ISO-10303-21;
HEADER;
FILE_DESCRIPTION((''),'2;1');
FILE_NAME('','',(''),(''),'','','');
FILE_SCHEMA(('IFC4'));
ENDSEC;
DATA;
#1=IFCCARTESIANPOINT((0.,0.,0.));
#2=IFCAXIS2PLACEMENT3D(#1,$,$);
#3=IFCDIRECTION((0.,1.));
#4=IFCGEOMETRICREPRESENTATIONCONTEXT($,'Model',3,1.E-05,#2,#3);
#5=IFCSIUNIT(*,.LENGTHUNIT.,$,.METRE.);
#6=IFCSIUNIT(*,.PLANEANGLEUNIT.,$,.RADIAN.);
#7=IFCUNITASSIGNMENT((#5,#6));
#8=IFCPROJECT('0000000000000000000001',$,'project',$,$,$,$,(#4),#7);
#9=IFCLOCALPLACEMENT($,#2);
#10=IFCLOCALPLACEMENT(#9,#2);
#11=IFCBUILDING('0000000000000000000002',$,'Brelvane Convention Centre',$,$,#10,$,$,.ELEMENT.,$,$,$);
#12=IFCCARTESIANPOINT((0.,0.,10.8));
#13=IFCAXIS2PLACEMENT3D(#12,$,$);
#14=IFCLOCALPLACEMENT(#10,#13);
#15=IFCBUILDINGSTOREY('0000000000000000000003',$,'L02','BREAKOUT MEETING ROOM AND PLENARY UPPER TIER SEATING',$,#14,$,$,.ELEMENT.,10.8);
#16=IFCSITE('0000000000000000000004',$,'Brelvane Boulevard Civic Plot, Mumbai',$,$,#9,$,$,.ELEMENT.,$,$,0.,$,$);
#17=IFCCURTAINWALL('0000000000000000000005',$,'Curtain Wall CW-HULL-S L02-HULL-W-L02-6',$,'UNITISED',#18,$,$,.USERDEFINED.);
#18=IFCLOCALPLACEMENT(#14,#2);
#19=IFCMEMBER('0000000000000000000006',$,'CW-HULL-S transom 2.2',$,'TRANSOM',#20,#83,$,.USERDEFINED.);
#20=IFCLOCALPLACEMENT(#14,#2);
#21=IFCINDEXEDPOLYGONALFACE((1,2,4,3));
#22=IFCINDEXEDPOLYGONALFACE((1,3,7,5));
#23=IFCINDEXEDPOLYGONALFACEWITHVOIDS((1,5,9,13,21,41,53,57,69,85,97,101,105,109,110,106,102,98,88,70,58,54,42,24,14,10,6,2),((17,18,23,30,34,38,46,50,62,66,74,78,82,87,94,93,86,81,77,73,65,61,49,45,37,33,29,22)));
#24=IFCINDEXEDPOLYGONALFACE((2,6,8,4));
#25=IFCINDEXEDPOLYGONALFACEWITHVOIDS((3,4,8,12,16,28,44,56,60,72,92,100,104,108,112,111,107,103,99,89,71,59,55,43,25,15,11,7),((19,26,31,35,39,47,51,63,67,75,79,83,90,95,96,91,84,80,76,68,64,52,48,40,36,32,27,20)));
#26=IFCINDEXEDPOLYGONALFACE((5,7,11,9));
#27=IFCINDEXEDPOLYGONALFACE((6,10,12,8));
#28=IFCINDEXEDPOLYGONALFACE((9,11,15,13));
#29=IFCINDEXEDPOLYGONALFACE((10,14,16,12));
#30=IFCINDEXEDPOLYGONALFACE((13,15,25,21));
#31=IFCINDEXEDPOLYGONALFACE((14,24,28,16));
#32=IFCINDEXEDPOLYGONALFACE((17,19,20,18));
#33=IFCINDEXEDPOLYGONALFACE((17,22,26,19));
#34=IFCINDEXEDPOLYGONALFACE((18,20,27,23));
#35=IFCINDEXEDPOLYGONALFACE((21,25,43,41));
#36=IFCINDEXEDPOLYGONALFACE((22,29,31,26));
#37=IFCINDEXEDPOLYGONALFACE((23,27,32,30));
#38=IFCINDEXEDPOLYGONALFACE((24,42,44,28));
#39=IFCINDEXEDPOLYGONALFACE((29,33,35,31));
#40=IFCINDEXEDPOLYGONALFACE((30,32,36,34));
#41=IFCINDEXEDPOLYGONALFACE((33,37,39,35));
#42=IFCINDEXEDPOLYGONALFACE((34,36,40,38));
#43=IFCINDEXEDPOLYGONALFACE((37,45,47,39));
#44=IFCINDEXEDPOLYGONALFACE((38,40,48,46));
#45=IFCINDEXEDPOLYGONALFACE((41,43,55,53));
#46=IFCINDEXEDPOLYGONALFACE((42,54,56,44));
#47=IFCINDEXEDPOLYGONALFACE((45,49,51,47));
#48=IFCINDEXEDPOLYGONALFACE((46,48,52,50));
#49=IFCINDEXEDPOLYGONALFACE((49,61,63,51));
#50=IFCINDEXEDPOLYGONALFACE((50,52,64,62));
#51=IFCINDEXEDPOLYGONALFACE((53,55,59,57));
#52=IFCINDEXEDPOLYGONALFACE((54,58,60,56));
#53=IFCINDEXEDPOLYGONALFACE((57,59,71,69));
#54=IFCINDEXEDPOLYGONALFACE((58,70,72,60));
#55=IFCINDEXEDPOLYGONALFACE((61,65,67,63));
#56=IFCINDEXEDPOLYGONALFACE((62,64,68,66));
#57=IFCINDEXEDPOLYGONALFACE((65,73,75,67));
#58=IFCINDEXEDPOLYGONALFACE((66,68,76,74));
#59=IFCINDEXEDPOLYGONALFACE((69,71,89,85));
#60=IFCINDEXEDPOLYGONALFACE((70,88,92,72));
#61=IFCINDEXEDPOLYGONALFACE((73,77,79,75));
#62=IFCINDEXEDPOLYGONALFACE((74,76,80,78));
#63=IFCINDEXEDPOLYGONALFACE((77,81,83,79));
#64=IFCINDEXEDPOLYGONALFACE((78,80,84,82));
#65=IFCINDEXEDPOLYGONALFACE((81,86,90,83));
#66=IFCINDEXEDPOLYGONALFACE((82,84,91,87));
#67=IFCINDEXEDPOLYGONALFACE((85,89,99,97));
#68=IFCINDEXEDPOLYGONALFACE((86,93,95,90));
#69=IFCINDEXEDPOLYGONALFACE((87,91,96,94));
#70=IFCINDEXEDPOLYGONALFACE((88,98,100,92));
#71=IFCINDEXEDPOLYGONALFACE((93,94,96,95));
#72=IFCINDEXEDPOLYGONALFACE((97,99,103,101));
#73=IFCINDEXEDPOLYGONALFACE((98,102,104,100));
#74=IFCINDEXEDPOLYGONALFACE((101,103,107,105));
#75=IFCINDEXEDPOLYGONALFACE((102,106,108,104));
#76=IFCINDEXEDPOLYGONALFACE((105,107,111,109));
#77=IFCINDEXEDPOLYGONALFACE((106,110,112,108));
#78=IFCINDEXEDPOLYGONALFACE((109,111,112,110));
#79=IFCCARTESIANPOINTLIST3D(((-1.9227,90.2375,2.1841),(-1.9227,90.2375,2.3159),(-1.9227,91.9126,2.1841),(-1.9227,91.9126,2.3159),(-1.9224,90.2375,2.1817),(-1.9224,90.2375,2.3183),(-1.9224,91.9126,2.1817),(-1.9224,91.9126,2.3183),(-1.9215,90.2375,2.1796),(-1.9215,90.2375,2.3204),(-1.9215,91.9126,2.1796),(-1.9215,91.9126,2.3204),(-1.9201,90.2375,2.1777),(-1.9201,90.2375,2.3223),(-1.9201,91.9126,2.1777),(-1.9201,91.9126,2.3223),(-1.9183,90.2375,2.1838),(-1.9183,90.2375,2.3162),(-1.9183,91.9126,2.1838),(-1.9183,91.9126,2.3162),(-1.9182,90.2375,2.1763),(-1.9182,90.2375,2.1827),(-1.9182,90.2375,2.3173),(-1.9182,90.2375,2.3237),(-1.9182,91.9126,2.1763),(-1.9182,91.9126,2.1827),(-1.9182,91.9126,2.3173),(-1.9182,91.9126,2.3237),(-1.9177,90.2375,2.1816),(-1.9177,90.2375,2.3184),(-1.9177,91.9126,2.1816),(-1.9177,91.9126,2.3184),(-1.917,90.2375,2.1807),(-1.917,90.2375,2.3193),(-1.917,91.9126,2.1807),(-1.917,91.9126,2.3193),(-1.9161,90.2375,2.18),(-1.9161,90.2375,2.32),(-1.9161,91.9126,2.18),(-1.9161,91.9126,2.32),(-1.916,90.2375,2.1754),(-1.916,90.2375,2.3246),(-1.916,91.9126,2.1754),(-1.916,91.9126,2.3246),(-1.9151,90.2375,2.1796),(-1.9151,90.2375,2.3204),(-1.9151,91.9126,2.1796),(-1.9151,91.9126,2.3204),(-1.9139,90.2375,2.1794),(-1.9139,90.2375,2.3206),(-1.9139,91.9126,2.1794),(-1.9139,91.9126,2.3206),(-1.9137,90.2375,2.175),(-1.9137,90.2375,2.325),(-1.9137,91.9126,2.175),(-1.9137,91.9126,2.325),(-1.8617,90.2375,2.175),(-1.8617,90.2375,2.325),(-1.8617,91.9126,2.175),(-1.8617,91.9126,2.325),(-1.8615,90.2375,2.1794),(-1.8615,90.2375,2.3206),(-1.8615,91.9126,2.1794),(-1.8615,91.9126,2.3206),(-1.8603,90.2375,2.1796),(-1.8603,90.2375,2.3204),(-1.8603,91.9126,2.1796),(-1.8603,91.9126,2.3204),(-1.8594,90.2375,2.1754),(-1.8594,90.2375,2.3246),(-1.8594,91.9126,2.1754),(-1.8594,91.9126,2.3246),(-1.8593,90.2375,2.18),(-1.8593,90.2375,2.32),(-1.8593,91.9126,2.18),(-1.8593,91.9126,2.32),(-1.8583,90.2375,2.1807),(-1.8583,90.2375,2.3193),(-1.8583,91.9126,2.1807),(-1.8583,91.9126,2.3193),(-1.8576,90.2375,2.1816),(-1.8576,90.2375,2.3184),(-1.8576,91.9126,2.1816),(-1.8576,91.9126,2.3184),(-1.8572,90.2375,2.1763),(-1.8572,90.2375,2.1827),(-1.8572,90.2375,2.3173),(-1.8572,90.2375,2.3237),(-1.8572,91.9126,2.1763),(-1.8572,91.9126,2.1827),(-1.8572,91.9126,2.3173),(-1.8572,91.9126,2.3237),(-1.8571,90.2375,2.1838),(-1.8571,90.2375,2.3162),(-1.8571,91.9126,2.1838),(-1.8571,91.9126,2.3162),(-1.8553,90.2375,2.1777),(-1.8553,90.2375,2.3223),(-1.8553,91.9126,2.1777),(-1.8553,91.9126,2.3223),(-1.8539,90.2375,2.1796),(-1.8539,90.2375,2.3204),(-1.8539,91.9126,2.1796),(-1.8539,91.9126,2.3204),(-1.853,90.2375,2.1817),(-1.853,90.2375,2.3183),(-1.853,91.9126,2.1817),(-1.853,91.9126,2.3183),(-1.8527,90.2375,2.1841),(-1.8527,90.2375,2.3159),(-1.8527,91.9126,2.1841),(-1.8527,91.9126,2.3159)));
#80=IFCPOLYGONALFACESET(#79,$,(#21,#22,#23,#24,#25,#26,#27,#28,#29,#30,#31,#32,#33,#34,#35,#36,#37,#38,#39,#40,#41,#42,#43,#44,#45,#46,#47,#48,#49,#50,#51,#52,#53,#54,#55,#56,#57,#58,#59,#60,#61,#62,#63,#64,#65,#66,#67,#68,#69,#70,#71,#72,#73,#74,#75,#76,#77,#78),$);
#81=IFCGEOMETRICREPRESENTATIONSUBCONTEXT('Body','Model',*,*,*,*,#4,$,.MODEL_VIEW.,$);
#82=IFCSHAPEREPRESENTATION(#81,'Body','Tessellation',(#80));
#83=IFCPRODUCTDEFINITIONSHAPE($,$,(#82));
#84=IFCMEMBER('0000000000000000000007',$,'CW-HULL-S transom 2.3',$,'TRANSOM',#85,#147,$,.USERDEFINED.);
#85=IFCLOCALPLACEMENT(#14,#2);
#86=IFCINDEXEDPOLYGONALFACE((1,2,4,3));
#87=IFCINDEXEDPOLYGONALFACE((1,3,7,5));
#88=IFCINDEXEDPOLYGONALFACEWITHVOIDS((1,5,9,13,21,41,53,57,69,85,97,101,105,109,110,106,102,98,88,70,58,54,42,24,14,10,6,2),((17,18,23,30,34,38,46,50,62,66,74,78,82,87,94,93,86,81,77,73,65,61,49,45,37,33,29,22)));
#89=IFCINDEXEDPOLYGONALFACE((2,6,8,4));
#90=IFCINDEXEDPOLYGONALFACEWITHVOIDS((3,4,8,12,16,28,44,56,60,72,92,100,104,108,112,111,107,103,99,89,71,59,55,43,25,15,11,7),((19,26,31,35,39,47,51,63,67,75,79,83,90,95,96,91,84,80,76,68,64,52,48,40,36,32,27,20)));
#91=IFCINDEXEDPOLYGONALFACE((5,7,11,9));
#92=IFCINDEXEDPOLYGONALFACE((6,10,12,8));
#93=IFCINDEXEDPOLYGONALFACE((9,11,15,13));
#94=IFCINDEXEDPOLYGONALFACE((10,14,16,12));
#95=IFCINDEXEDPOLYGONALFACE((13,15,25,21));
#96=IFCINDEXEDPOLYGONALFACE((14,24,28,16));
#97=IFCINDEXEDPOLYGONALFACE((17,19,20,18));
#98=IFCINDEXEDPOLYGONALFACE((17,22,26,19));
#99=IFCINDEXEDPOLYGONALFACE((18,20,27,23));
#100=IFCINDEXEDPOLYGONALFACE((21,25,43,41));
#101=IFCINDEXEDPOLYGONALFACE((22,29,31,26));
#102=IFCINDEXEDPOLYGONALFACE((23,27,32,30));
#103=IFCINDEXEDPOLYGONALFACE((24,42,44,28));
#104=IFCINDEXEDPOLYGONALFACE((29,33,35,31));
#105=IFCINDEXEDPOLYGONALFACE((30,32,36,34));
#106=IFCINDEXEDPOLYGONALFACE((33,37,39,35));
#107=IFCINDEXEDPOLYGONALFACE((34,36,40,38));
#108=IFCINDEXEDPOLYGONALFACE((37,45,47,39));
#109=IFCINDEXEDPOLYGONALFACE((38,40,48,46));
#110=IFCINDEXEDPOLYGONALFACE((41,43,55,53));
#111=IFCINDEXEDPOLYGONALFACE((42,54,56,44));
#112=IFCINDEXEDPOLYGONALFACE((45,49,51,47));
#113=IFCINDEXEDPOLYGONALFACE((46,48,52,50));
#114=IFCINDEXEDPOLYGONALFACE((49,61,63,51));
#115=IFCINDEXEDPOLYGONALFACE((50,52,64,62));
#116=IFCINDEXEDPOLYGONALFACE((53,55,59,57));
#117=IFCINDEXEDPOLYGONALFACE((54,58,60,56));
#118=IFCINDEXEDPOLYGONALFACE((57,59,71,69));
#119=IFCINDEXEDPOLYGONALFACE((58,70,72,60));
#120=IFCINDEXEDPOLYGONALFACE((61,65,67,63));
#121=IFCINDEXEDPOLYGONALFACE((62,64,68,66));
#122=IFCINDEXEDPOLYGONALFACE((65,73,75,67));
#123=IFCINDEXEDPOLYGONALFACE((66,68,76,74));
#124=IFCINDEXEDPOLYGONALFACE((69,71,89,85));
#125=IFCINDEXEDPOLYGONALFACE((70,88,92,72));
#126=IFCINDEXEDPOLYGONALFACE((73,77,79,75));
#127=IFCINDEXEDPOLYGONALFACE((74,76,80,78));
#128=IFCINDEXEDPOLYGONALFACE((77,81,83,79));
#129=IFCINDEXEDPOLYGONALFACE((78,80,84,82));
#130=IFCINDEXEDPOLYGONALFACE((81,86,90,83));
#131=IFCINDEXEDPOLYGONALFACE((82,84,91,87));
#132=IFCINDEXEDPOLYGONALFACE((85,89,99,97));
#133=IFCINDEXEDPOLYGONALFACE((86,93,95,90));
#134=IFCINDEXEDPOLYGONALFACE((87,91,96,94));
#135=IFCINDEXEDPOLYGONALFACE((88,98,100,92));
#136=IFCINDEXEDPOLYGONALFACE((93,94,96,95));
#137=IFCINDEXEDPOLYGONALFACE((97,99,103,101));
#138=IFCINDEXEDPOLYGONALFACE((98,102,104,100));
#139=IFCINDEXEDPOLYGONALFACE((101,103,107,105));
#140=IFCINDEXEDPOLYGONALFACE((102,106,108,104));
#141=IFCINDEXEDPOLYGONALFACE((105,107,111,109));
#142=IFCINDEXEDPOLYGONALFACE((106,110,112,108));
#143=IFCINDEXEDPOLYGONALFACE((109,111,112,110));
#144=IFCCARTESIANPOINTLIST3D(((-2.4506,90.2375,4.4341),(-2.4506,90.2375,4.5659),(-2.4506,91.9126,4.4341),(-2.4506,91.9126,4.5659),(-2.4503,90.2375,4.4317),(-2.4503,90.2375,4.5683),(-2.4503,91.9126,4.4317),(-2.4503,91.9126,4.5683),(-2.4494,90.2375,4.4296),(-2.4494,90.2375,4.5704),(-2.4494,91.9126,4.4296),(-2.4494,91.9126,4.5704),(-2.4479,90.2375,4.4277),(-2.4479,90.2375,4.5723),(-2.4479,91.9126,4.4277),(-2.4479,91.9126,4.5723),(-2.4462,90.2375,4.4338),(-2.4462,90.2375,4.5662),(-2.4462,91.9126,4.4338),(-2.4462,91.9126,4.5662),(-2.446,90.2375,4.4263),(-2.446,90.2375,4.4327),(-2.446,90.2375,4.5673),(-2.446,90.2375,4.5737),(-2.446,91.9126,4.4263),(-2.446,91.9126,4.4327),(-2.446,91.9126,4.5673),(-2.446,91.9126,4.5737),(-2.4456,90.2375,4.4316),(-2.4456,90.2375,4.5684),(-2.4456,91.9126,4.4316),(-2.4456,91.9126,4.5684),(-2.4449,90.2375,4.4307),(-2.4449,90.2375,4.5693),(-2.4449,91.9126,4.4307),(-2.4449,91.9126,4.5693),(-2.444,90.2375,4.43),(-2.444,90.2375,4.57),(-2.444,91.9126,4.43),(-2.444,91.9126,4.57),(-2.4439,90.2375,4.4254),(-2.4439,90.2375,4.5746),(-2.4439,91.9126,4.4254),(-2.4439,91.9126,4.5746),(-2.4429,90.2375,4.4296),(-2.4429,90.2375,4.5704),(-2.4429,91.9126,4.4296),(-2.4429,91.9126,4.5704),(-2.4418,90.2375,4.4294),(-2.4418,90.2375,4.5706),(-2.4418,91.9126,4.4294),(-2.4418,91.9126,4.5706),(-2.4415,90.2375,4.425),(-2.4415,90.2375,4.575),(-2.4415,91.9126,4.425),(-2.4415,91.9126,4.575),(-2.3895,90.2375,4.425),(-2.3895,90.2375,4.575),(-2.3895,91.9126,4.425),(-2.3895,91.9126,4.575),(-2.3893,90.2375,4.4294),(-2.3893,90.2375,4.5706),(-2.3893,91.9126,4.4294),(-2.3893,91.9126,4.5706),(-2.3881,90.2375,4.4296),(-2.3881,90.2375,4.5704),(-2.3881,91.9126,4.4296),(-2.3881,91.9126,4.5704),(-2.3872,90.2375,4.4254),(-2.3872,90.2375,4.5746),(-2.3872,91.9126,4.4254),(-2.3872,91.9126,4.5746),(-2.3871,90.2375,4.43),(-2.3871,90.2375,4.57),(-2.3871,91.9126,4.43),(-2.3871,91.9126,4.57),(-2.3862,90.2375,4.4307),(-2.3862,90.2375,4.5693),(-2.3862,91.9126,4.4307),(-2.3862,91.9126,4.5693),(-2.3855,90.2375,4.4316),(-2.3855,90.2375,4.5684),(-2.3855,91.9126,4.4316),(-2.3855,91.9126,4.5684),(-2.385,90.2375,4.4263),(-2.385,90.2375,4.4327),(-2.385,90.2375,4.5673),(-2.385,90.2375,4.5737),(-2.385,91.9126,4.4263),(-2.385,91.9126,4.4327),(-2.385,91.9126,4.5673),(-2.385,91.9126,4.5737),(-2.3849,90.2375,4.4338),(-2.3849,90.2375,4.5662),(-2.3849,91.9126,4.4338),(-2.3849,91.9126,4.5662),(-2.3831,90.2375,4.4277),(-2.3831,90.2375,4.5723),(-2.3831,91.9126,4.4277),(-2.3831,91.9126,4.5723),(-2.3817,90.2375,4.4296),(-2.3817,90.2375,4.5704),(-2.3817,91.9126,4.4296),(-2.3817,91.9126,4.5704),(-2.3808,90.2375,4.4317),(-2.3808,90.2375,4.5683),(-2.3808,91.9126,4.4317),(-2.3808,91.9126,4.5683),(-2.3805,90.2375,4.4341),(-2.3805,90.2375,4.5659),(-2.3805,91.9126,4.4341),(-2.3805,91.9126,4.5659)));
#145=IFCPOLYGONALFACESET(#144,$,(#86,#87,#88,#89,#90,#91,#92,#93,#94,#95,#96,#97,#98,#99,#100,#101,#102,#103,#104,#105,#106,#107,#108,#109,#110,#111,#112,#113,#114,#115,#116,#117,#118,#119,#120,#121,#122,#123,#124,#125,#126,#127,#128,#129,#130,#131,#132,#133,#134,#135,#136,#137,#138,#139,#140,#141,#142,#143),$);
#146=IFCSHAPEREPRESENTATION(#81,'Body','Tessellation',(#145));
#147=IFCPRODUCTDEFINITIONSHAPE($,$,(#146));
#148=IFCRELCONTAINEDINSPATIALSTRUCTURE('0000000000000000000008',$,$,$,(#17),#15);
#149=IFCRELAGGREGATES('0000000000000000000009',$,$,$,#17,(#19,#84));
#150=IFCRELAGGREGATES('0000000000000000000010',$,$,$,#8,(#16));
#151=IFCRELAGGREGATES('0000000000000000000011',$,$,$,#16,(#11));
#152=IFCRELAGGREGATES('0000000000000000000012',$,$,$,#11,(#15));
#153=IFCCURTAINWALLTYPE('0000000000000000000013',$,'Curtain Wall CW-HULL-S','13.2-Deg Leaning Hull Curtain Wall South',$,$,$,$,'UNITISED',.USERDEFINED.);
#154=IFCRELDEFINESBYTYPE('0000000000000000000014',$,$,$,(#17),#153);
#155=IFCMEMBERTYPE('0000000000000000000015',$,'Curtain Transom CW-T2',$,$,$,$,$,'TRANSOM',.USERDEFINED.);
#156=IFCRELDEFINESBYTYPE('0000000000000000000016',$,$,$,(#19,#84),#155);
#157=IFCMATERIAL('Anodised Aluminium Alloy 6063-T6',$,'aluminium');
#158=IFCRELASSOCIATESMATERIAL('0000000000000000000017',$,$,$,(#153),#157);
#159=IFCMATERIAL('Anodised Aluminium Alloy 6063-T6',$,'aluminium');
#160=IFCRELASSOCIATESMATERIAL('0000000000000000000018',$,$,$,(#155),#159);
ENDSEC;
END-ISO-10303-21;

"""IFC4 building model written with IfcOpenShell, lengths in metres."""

from ifc_helpers import new_model, si_unit, direction, frame, origin, origin_2d, place, context, subcontext, project, spatial, hollow_rectangle, extrude, material, material_profile, profile_set, type_object, element, aggregate, save


model = new_model("IFC4")

# Units and contexts
model_context = context("Model", 3, precision=1e-05, world=origin(), true_north=direction((0.0, 1.0)))
body_context = subcontext(model_context, "Body", "Model", "MODEL_VIEW")
ifc_project = project(units=[si_unit("LENGTHUNIT", "METRE"), si_unit("PLANEANGLEUNIT", "RADIAN")], contexts=[model_context])

# Site, building, storey
site_placement = place(None, origin())
site = spatial("IfcSite", under=ifc_project, at=site_placement, Name="Brelvane Boulevard Civic Plot, Mumbai", CompositionType="ELEMENT", RefElevation=0.0)
building_placement = place(site_placement, origin())
building = spatial("IfcBuilding", under=site, at=building_placement, Name="Brelvane Convention Centre", CompositionType="ELEMENT")
storey_placement = place(building_placement, frame((0.0, 0.0, 10.8)))
storey = spatial("IfcBuildingStorey", under=building, at=storey_placement, Name="L02", Description="BREAKOUT MEETING ROOM AND PLENARY UPPER TIER SEATING", CompositionType="ELEMENT", Elevation=10.8)

# Curtain wall
ifc_material_1 = material(Name="Anodised Aluminium Alloy 6063-T6", Category="aluminium")
curtain_wall_type = type_object("IfcCurtainWallType", Name="Curtain Wall CW-HULL-S", Description="13.2-Deg Leaning Hull Curtain Wall South", ElementType="UNITISED", PredefinedType="USERDEFINED", material=ifc_material_1)
curtain_wall_1_placement = place(storey_placement, origin())
curtain_wall_1 = element("IfcCurtainWall", 1, at=curtain_wall_1_placement, inside=storey, type_object=curtain_wall_type, Name="Curtain Wall CW-HULL-S L02-HULL-W-L02-6", ObjectType="UNITISED", PredefinedType="USERDEFINED")

# Members
ifc_material_2 = material(Name="Anodised Aluminium Alloy 6063-T6", Category="aluminium")
ifc_material_profile_1 = material_profile(ifc_material_2, hollow_rectangle(XDim=0.0701, YDim=0.1499, WallThickness=0.0044, InnerFilletRadius=0.0044, OuterFilletRadius=0.009, at=origin_2d()), Name="ALU-T 150x70x4.5")
ifc_profile_set_1 = profile_set([ifc_material_profile_1], Name="Anodised Aluminium Alloy 6063-T6")
member_type_1 = type_object("IfcMemberType", Name="Curtain Transom CW-T2", ElementType="TRANSOM", PredefinedType="USERDEFINED", material=ifc_profile_set_1)
member_1_placement = place(storey_placement, frame((-1.8877, 90.2375, 2.25), z_axis=(0.0, 1.0, 0.0), x_axis=(-1.0, 0.0, 0.0)))
member_1 = element("IfcMember", 2, at=member_1_placement, type_object=member_type_1, Name="CW-HULL-S transom 2.2", ObjectType="TRANSOM", PredefinedType="USERDEFINED", context=body_context, shape_type="SweptSolid", body=[
    extrude(hollow_rectangle(XDim=0.0701, YDim=0.1499, WallThickness=0.0044, InnerFilletRadius=0.0044, OuterFilletRadius=0.009, at=origin_2d()), origin(), (0.0, 0.0, 1.0), 1.675),
])
member_2_placement = place(storey_placement, frame((-2.4155, 90.2375, 4.5), z_axis=(0.0, 1.0, 0.0), x_axis=(-1.0, 0.0, 0.0)))
member_2 = element("IfcMember", 3, at=member_2_placement, type_object=member_type_1, Name="CW-HULL-S transom 2.3", ObjectType="TRANSOM", PredefinedType="USERDEFINED", context=body_context, shape_type="SweptSolid", body=[
    extrude(hollow_rectangle(XDim=0.0701, YDim=0.1499, WallThickness=0.0044, InnerFilletRadius=0.0044, OuterFilletRadius=0.009, at=origin_2d()), origin(), (0.0, 0.0, 1.0), 1.675),
])

aggregate(curtain_wall_1, [member_1, member_2])

save(model, "model.ifc")
